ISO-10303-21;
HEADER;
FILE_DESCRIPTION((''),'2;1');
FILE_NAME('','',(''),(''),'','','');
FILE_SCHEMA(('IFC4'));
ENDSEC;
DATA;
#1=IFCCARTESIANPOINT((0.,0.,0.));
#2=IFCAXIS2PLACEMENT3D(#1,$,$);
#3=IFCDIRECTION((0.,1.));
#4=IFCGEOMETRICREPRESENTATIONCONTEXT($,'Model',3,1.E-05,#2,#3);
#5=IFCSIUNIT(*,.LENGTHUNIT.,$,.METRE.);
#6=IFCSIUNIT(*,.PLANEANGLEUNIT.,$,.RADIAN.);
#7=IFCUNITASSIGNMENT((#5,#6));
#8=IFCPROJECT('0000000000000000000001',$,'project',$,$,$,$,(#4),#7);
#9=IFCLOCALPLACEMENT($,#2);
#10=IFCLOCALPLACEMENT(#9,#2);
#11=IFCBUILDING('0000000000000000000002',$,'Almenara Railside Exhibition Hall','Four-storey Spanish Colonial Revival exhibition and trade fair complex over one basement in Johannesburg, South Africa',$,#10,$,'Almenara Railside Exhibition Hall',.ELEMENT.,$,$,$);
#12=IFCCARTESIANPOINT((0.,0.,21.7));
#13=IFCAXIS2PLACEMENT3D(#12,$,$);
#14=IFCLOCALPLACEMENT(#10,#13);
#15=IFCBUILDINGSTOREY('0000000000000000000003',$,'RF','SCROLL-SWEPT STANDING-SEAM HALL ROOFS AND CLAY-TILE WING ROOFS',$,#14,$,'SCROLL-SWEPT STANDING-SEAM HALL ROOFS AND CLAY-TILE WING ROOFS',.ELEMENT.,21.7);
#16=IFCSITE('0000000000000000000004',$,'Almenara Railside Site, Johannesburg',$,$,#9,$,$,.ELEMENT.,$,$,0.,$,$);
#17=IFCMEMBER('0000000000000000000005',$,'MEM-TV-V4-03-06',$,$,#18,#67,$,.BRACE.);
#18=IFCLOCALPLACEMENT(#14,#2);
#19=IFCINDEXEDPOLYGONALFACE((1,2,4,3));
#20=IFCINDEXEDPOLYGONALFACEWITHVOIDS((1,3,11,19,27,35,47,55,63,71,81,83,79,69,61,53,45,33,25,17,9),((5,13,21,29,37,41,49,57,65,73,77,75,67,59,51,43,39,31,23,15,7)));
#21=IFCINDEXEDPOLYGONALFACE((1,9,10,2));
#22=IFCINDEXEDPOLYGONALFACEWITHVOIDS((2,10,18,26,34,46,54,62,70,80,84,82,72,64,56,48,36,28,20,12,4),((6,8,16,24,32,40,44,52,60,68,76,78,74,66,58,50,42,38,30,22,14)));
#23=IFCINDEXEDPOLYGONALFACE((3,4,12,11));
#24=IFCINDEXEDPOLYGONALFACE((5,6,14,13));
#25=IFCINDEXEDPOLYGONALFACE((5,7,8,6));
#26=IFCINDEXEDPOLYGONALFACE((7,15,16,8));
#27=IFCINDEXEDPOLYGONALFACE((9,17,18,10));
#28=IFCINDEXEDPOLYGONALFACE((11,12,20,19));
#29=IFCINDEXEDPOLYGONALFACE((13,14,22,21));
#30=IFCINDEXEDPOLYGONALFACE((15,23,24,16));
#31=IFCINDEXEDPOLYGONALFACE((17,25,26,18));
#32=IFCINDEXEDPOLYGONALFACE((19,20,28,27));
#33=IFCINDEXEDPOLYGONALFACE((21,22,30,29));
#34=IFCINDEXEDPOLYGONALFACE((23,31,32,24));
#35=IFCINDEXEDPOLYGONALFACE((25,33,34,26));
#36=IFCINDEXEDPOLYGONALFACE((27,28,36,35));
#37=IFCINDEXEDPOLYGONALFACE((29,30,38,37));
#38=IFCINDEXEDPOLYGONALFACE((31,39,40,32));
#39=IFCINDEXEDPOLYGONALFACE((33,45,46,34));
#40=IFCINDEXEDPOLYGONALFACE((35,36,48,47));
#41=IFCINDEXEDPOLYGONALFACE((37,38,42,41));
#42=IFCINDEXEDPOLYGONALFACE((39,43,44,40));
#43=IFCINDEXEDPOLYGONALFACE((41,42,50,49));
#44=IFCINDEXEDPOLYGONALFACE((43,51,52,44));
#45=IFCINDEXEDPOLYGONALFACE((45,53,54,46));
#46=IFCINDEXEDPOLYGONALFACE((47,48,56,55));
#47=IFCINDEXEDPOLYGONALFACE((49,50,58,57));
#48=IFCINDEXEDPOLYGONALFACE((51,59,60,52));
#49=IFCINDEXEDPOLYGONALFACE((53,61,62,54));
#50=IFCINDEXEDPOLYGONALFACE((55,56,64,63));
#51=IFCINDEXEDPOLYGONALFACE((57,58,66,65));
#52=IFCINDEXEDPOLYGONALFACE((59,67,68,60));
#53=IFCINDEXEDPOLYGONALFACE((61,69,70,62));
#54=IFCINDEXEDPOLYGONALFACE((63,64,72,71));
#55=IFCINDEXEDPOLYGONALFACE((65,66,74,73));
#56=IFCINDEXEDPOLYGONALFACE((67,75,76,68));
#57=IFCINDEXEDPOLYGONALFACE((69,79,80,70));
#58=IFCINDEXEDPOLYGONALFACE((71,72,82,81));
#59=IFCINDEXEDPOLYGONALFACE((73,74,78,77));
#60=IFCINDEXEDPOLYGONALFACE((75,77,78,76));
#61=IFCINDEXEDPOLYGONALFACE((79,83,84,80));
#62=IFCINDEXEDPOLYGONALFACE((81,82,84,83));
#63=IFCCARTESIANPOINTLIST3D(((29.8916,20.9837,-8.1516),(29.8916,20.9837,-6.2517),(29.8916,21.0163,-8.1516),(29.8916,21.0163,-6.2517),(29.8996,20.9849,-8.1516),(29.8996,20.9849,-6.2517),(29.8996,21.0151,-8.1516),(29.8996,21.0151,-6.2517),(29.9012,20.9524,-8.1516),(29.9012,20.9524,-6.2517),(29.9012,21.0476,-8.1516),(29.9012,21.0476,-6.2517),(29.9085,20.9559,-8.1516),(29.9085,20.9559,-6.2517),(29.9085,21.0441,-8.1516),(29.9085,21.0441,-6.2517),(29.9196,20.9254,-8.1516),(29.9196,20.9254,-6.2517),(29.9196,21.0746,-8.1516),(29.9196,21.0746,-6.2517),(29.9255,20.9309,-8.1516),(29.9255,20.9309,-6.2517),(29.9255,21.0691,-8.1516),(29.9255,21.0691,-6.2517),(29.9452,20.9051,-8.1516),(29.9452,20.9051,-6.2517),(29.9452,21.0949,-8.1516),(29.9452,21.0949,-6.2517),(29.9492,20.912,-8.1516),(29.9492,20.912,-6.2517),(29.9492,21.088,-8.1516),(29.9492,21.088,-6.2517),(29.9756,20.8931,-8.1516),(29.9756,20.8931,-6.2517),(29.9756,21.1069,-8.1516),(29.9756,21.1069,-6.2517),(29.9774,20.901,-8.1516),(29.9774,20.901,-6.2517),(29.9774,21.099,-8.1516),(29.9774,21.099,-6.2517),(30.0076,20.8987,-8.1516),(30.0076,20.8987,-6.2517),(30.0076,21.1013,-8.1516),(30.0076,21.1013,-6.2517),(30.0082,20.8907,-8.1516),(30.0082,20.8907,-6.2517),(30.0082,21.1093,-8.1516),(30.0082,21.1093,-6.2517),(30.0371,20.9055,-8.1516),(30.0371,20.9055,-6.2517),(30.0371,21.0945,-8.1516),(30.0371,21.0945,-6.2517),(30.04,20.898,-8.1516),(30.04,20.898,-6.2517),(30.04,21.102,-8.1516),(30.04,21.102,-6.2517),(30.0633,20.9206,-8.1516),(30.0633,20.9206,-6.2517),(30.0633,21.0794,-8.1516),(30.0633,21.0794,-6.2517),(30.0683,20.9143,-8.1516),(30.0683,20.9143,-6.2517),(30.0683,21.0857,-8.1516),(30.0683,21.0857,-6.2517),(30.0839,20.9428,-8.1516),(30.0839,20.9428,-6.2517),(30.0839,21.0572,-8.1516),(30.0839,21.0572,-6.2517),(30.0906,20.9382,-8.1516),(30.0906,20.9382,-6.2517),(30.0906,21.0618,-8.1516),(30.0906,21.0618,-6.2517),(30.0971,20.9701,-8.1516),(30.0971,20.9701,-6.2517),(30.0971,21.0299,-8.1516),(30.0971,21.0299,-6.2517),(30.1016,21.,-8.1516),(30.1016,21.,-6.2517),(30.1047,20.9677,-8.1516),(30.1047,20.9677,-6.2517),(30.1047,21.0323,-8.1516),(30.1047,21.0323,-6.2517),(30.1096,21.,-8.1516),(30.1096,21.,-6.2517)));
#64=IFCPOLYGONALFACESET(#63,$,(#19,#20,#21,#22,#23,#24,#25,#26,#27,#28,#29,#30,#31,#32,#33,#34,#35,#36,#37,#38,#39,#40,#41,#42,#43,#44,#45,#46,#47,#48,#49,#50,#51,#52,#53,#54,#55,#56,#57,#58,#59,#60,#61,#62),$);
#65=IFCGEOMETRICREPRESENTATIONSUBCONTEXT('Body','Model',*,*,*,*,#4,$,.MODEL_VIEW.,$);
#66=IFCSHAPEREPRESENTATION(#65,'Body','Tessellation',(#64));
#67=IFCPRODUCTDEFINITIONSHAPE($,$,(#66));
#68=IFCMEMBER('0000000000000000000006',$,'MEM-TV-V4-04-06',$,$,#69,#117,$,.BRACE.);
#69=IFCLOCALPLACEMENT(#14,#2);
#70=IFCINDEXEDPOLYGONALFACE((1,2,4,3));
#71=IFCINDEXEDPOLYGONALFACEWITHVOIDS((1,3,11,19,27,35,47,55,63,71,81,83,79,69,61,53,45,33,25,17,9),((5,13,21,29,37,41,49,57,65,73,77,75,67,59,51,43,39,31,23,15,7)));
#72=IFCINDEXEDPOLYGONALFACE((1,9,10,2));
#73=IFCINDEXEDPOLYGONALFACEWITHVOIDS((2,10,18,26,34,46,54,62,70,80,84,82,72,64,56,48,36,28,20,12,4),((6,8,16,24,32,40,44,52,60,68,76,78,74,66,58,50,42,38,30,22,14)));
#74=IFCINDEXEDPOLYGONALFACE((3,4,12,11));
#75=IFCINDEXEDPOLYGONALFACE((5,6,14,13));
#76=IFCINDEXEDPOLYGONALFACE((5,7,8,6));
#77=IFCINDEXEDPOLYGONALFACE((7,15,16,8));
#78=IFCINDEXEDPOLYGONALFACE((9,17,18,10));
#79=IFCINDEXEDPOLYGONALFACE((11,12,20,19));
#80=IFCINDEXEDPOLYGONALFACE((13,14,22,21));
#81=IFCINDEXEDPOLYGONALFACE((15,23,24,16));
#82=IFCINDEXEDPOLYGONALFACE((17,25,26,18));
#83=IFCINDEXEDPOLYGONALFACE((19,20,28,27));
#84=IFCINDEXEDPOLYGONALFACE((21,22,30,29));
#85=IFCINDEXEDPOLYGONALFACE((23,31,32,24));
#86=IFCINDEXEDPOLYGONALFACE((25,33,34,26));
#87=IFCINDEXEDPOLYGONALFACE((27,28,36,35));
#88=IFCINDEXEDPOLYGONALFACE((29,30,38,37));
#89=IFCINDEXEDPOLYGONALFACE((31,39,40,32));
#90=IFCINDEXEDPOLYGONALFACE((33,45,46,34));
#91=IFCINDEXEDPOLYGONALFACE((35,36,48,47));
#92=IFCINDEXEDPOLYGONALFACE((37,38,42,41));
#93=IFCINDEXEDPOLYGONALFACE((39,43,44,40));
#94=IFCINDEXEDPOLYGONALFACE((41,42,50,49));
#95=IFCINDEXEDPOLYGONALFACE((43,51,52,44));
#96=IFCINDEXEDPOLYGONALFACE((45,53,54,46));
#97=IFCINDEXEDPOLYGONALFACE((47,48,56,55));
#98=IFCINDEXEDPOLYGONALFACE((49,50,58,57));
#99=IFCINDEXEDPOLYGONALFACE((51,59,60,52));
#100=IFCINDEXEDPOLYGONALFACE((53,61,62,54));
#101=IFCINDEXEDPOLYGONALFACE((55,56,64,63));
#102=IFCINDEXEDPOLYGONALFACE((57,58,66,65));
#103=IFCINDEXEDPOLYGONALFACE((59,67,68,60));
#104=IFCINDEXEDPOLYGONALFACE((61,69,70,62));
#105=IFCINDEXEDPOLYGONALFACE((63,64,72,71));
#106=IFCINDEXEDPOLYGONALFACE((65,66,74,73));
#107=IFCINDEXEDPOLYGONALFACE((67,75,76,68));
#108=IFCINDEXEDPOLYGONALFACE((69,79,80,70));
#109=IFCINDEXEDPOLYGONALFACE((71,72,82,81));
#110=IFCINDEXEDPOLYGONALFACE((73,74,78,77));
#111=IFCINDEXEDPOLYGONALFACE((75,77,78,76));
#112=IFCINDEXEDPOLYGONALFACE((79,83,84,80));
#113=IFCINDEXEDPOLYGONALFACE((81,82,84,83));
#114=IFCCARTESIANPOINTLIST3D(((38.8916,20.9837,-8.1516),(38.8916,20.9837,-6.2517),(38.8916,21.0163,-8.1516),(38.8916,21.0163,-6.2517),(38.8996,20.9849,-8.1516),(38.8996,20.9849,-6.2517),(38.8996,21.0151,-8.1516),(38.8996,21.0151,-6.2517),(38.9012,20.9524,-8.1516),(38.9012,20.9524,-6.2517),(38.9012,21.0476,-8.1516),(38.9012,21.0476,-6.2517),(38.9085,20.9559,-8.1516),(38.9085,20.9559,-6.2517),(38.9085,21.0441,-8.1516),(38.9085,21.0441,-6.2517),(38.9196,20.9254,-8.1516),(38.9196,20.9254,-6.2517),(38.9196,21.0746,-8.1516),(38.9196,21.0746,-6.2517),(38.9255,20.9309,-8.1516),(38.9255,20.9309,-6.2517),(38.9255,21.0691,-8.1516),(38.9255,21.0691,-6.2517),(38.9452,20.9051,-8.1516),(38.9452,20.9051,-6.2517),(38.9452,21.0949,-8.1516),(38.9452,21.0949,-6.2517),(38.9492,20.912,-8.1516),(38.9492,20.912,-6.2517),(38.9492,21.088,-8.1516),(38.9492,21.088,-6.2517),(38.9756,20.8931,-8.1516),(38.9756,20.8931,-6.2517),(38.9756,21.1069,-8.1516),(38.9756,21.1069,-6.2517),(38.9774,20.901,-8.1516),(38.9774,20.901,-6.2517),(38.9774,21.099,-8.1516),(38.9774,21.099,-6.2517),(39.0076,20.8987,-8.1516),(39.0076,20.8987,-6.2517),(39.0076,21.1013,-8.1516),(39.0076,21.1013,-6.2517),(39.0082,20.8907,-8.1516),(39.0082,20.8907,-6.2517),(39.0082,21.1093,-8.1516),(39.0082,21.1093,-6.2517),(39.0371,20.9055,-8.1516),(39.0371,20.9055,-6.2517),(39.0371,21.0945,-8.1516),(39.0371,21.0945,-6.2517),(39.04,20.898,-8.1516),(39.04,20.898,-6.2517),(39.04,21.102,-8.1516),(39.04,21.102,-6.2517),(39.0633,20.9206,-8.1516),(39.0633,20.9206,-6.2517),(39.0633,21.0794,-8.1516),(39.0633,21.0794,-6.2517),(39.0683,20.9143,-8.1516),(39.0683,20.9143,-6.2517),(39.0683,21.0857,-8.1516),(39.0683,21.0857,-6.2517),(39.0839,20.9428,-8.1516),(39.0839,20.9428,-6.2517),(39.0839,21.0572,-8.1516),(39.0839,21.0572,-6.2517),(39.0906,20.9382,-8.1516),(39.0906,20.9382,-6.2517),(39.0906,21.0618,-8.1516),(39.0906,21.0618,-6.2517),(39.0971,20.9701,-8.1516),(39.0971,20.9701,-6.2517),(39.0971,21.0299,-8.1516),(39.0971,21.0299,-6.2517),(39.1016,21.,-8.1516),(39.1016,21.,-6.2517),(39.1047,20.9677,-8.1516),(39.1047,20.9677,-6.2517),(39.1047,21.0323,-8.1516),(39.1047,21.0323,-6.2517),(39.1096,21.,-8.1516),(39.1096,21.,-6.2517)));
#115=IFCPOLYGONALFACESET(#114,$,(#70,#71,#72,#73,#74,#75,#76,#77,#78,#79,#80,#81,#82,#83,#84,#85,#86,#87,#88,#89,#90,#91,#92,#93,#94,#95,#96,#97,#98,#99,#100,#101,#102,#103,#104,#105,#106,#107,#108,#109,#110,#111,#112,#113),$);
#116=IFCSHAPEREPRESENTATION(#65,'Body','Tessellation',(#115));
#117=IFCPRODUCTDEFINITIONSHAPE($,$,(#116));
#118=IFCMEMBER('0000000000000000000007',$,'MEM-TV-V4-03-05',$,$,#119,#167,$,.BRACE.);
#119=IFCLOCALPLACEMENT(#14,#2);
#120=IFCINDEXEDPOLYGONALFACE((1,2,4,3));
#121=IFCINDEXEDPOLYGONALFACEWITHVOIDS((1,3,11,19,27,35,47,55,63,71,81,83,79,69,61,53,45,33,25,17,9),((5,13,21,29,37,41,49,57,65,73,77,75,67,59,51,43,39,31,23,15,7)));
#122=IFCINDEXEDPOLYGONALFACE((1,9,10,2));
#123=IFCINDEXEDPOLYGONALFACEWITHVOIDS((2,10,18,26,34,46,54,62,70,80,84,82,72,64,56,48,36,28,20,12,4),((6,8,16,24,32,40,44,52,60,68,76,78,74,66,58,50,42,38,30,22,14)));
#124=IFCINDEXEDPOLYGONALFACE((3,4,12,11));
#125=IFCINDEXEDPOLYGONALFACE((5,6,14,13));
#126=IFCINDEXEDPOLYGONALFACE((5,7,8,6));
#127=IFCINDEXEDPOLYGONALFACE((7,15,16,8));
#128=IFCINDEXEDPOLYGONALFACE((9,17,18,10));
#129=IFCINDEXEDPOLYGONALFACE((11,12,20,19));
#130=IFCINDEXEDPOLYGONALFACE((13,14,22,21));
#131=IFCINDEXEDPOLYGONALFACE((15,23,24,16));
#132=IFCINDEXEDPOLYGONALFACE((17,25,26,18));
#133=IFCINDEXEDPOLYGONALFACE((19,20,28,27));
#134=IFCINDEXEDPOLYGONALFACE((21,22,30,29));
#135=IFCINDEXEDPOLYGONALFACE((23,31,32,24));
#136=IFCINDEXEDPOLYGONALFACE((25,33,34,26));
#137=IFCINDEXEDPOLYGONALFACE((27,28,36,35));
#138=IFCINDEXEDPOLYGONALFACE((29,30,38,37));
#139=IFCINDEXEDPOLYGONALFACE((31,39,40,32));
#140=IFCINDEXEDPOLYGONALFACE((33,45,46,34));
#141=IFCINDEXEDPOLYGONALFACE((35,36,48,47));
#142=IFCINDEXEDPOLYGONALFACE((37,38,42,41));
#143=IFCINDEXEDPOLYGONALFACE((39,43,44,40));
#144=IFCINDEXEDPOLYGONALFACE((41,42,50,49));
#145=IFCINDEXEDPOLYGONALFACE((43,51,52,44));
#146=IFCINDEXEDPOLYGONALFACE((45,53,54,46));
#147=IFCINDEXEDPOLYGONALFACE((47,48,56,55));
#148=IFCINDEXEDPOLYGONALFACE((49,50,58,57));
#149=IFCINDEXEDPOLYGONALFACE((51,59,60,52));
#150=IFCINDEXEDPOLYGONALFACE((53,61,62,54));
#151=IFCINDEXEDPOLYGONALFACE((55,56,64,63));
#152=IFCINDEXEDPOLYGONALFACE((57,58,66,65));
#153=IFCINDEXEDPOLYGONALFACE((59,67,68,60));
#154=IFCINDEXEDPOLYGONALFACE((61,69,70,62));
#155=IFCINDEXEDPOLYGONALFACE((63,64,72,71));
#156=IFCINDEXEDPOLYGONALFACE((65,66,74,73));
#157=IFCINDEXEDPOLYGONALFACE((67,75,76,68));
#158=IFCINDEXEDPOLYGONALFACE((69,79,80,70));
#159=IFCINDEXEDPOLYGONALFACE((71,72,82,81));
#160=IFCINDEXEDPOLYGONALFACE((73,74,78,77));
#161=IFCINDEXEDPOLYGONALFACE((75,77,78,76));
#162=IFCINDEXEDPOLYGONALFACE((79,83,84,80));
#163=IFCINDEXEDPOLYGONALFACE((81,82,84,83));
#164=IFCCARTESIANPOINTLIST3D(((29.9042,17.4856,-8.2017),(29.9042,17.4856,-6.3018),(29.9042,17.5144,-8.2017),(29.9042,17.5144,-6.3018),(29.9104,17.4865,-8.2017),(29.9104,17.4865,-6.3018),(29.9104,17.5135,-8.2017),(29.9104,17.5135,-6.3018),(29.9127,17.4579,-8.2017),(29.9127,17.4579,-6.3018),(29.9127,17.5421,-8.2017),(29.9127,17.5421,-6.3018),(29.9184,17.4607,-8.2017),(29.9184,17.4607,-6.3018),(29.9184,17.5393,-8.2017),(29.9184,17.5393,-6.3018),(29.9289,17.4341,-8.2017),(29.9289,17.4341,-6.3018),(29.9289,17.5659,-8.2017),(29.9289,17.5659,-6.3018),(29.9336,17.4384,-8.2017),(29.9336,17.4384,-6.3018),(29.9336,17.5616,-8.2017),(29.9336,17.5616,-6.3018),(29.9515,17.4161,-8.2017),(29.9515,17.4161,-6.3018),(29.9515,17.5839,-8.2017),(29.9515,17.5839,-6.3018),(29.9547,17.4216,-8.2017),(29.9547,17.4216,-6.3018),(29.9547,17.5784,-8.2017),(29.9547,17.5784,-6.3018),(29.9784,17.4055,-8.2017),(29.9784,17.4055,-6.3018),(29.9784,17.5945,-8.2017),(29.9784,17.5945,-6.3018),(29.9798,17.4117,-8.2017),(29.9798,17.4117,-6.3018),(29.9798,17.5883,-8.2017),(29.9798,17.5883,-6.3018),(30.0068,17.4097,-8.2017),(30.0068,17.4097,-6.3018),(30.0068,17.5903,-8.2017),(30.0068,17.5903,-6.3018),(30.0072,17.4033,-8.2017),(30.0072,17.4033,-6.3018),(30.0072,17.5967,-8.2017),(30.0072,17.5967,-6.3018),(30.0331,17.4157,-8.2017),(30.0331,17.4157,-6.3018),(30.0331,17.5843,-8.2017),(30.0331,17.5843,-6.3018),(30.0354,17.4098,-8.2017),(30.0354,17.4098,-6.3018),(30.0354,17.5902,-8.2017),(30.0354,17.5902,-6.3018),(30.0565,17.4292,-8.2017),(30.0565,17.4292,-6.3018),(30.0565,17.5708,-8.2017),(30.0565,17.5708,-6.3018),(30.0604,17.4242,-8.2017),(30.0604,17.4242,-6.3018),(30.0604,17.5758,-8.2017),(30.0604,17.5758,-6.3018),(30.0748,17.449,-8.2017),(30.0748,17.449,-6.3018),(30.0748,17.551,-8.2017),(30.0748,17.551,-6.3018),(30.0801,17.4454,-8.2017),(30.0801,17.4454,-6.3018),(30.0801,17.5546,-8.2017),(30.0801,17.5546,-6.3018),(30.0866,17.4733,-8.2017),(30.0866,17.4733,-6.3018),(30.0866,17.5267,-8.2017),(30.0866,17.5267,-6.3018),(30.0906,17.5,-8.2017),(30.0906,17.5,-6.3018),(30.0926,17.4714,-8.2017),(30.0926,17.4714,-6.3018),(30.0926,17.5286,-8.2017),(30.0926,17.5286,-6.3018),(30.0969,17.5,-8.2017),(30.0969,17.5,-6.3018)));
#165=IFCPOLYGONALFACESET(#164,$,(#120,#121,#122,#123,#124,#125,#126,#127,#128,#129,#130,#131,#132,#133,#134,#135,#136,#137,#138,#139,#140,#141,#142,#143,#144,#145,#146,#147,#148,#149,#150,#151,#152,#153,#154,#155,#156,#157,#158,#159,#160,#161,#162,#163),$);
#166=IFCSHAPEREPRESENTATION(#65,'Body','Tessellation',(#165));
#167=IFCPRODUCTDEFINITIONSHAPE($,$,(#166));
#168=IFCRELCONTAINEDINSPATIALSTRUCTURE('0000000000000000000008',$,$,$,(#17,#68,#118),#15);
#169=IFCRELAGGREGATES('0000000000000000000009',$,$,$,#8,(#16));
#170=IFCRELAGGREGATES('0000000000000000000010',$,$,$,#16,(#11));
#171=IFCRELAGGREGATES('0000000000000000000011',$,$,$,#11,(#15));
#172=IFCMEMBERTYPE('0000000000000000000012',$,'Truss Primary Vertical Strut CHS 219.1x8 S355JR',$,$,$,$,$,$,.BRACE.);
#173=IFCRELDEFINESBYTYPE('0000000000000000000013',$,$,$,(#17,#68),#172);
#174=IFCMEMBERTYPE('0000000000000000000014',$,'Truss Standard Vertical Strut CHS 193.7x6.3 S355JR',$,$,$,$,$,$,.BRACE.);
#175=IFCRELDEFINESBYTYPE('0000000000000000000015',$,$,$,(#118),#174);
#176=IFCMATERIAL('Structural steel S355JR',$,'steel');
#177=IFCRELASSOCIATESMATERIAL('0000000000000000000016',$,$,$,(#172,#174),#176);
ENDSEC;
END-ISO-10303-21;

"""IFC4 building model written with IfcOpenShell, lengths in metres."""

from ifc_helpers import new_model, si_unit, direction, frame, origin, origin_2d, place, context, subcontext, project, spatial, hollow_circle, extrude, material, material_profile, profile_set, type_object, element, save


model = new_model("IFC4")

# Units and contexts
model_context = context("Model", 3, precision=1e-05, world=origin(), true_north=direction((0.0, 1.0)))
body_context = subcontext(model_context, "Body", "Model", "MODEL_VIEW")
ifc_project = project(units=[si_unit("LENGTHUNIT", "METRE"), si_unit("PLANEANGLEUNIT", "RADIAN")], contexts=[model_context])

# Site, building, storey
site_placement = place(None, origin())
site = spatial("IfcSite", under=ifc_project, at=site_placement, Name="Almenara Railside Site, Johannesburg", CompositionType="ELEMENT", RefElevation=0.0)
building_placement = place(site_placement, origin())
building = spatial("IfcBuilding", under=site, at=building_placement, Name="Almenara Railside Exhibition Hall", Description="Four-storey Spanish Colonial Revival exhibition and trade fair complex over one basement in Johannesburg, South Africa", LongName="Almenara Railside Exhibition Hall", CompositionType="ELEMENT")
storey_placement = place(building_placement, frame((0.0, 0.0, 21.7)))
storey = spatial("IfcBuildingStorey", under=building, at=storey_placement, Name="RF", Description="SCROLL-SWEPT STANDING-SEAM HALL ROOFS AND CLAY-TILE WING ROOFS", LongName="SCROLL-SWEPT STANDING-SEAM HALL ROOFS AND CLAY-TILE WING ROOFS", CompositionType="ELEMENT", Elevation=21.7)

# Members
ifc_material_1 = material(Name="Structural steel S355JR", Category="steel")
ifc_material_profile_1 = material_profile(ifc_material_1, hollow_circle(Radius=0.1096, WallThickness=0.0081, at=origin_2d()), Name="CHS 219.1x8")
ifc_profile_set_1 = profile_set([ifc_material_profile_1], Name="Structural steel S355JR")
member_type_1 = type_object("IfcMemberType", Name="Truss Primary Vertical Strut CHS 219.1x8 S355JR", PredefinedType="BRACE", material=ifc_profile_set_1)
for number, where, z_axis, x_axis, name in (
    (1, (30.0, 21.0, -8.1516), (0.0, 0.0, 1.0), (1.0, 0.0, 0.0), "MEM-TV-V4-03-06"),
    (2, (39.0, 21.0, -8.1516), (0.0, 0.0, 1.0), (1.0, 0.0, 0.0), "MEM-TV-V4-04-06"),
):
    element("IfcMember", number, at=place(storey_placement, frame(where, z_axis=z_axis, x_axis=x_axis)), inside=storey, type_object=member_type_1, Name=name, PredefinedType="BRACE", context=body_context, shape_type="SweptSolid", body=[
        extrude(hollow_circle(Radius=0.1096, WallThickness=0.0081, at=origin_2d()), origin(), (0.0, 0.0, 1.0), 1.8999),
    ])
ifc_material_profile_2 = material_profile(ifc_material_1, hollow_circle(Radius=0.0969, WallThickness=0.0063, at=origin_2d()), Name="CHS 193.7x6.3")
ifc_profile_set_2 = profile_set([ifc_material_profile_2], Name="Structural steel S355JR")
member_type_2 = type_object("IfcMemberType", Name="Truss Standard Vertical Strut CHS 193.7x6.3 S355JR", PredefinedType="BRACE", material=ifc_profile_set_2)
for number, where, z_axis, x_axis, name in (
    (3, (30.0, 17.5, -8.2017), (0.0, 0.0, 1.0), (1.0, 0.0, 0.0), "MEM-TV-V4-03-05"),
):
    element("IfcMember", number, at=place(storey_placement, frame(where, z_axis=z_axis, x_axis=x_axis)), inside=storey, type_object=member_type_2, Name=name, PredefinedType="BRACE", context=body_context, shape_type="SweptSolid", body=[
        extrude(hollow_circle(Radius=0.0969, WallThickness=0.0063, at=origin_2d()), origin(), (0.0, 0.0, 1.0), 1.8999),
    ])

save(model, "model.ifc")
